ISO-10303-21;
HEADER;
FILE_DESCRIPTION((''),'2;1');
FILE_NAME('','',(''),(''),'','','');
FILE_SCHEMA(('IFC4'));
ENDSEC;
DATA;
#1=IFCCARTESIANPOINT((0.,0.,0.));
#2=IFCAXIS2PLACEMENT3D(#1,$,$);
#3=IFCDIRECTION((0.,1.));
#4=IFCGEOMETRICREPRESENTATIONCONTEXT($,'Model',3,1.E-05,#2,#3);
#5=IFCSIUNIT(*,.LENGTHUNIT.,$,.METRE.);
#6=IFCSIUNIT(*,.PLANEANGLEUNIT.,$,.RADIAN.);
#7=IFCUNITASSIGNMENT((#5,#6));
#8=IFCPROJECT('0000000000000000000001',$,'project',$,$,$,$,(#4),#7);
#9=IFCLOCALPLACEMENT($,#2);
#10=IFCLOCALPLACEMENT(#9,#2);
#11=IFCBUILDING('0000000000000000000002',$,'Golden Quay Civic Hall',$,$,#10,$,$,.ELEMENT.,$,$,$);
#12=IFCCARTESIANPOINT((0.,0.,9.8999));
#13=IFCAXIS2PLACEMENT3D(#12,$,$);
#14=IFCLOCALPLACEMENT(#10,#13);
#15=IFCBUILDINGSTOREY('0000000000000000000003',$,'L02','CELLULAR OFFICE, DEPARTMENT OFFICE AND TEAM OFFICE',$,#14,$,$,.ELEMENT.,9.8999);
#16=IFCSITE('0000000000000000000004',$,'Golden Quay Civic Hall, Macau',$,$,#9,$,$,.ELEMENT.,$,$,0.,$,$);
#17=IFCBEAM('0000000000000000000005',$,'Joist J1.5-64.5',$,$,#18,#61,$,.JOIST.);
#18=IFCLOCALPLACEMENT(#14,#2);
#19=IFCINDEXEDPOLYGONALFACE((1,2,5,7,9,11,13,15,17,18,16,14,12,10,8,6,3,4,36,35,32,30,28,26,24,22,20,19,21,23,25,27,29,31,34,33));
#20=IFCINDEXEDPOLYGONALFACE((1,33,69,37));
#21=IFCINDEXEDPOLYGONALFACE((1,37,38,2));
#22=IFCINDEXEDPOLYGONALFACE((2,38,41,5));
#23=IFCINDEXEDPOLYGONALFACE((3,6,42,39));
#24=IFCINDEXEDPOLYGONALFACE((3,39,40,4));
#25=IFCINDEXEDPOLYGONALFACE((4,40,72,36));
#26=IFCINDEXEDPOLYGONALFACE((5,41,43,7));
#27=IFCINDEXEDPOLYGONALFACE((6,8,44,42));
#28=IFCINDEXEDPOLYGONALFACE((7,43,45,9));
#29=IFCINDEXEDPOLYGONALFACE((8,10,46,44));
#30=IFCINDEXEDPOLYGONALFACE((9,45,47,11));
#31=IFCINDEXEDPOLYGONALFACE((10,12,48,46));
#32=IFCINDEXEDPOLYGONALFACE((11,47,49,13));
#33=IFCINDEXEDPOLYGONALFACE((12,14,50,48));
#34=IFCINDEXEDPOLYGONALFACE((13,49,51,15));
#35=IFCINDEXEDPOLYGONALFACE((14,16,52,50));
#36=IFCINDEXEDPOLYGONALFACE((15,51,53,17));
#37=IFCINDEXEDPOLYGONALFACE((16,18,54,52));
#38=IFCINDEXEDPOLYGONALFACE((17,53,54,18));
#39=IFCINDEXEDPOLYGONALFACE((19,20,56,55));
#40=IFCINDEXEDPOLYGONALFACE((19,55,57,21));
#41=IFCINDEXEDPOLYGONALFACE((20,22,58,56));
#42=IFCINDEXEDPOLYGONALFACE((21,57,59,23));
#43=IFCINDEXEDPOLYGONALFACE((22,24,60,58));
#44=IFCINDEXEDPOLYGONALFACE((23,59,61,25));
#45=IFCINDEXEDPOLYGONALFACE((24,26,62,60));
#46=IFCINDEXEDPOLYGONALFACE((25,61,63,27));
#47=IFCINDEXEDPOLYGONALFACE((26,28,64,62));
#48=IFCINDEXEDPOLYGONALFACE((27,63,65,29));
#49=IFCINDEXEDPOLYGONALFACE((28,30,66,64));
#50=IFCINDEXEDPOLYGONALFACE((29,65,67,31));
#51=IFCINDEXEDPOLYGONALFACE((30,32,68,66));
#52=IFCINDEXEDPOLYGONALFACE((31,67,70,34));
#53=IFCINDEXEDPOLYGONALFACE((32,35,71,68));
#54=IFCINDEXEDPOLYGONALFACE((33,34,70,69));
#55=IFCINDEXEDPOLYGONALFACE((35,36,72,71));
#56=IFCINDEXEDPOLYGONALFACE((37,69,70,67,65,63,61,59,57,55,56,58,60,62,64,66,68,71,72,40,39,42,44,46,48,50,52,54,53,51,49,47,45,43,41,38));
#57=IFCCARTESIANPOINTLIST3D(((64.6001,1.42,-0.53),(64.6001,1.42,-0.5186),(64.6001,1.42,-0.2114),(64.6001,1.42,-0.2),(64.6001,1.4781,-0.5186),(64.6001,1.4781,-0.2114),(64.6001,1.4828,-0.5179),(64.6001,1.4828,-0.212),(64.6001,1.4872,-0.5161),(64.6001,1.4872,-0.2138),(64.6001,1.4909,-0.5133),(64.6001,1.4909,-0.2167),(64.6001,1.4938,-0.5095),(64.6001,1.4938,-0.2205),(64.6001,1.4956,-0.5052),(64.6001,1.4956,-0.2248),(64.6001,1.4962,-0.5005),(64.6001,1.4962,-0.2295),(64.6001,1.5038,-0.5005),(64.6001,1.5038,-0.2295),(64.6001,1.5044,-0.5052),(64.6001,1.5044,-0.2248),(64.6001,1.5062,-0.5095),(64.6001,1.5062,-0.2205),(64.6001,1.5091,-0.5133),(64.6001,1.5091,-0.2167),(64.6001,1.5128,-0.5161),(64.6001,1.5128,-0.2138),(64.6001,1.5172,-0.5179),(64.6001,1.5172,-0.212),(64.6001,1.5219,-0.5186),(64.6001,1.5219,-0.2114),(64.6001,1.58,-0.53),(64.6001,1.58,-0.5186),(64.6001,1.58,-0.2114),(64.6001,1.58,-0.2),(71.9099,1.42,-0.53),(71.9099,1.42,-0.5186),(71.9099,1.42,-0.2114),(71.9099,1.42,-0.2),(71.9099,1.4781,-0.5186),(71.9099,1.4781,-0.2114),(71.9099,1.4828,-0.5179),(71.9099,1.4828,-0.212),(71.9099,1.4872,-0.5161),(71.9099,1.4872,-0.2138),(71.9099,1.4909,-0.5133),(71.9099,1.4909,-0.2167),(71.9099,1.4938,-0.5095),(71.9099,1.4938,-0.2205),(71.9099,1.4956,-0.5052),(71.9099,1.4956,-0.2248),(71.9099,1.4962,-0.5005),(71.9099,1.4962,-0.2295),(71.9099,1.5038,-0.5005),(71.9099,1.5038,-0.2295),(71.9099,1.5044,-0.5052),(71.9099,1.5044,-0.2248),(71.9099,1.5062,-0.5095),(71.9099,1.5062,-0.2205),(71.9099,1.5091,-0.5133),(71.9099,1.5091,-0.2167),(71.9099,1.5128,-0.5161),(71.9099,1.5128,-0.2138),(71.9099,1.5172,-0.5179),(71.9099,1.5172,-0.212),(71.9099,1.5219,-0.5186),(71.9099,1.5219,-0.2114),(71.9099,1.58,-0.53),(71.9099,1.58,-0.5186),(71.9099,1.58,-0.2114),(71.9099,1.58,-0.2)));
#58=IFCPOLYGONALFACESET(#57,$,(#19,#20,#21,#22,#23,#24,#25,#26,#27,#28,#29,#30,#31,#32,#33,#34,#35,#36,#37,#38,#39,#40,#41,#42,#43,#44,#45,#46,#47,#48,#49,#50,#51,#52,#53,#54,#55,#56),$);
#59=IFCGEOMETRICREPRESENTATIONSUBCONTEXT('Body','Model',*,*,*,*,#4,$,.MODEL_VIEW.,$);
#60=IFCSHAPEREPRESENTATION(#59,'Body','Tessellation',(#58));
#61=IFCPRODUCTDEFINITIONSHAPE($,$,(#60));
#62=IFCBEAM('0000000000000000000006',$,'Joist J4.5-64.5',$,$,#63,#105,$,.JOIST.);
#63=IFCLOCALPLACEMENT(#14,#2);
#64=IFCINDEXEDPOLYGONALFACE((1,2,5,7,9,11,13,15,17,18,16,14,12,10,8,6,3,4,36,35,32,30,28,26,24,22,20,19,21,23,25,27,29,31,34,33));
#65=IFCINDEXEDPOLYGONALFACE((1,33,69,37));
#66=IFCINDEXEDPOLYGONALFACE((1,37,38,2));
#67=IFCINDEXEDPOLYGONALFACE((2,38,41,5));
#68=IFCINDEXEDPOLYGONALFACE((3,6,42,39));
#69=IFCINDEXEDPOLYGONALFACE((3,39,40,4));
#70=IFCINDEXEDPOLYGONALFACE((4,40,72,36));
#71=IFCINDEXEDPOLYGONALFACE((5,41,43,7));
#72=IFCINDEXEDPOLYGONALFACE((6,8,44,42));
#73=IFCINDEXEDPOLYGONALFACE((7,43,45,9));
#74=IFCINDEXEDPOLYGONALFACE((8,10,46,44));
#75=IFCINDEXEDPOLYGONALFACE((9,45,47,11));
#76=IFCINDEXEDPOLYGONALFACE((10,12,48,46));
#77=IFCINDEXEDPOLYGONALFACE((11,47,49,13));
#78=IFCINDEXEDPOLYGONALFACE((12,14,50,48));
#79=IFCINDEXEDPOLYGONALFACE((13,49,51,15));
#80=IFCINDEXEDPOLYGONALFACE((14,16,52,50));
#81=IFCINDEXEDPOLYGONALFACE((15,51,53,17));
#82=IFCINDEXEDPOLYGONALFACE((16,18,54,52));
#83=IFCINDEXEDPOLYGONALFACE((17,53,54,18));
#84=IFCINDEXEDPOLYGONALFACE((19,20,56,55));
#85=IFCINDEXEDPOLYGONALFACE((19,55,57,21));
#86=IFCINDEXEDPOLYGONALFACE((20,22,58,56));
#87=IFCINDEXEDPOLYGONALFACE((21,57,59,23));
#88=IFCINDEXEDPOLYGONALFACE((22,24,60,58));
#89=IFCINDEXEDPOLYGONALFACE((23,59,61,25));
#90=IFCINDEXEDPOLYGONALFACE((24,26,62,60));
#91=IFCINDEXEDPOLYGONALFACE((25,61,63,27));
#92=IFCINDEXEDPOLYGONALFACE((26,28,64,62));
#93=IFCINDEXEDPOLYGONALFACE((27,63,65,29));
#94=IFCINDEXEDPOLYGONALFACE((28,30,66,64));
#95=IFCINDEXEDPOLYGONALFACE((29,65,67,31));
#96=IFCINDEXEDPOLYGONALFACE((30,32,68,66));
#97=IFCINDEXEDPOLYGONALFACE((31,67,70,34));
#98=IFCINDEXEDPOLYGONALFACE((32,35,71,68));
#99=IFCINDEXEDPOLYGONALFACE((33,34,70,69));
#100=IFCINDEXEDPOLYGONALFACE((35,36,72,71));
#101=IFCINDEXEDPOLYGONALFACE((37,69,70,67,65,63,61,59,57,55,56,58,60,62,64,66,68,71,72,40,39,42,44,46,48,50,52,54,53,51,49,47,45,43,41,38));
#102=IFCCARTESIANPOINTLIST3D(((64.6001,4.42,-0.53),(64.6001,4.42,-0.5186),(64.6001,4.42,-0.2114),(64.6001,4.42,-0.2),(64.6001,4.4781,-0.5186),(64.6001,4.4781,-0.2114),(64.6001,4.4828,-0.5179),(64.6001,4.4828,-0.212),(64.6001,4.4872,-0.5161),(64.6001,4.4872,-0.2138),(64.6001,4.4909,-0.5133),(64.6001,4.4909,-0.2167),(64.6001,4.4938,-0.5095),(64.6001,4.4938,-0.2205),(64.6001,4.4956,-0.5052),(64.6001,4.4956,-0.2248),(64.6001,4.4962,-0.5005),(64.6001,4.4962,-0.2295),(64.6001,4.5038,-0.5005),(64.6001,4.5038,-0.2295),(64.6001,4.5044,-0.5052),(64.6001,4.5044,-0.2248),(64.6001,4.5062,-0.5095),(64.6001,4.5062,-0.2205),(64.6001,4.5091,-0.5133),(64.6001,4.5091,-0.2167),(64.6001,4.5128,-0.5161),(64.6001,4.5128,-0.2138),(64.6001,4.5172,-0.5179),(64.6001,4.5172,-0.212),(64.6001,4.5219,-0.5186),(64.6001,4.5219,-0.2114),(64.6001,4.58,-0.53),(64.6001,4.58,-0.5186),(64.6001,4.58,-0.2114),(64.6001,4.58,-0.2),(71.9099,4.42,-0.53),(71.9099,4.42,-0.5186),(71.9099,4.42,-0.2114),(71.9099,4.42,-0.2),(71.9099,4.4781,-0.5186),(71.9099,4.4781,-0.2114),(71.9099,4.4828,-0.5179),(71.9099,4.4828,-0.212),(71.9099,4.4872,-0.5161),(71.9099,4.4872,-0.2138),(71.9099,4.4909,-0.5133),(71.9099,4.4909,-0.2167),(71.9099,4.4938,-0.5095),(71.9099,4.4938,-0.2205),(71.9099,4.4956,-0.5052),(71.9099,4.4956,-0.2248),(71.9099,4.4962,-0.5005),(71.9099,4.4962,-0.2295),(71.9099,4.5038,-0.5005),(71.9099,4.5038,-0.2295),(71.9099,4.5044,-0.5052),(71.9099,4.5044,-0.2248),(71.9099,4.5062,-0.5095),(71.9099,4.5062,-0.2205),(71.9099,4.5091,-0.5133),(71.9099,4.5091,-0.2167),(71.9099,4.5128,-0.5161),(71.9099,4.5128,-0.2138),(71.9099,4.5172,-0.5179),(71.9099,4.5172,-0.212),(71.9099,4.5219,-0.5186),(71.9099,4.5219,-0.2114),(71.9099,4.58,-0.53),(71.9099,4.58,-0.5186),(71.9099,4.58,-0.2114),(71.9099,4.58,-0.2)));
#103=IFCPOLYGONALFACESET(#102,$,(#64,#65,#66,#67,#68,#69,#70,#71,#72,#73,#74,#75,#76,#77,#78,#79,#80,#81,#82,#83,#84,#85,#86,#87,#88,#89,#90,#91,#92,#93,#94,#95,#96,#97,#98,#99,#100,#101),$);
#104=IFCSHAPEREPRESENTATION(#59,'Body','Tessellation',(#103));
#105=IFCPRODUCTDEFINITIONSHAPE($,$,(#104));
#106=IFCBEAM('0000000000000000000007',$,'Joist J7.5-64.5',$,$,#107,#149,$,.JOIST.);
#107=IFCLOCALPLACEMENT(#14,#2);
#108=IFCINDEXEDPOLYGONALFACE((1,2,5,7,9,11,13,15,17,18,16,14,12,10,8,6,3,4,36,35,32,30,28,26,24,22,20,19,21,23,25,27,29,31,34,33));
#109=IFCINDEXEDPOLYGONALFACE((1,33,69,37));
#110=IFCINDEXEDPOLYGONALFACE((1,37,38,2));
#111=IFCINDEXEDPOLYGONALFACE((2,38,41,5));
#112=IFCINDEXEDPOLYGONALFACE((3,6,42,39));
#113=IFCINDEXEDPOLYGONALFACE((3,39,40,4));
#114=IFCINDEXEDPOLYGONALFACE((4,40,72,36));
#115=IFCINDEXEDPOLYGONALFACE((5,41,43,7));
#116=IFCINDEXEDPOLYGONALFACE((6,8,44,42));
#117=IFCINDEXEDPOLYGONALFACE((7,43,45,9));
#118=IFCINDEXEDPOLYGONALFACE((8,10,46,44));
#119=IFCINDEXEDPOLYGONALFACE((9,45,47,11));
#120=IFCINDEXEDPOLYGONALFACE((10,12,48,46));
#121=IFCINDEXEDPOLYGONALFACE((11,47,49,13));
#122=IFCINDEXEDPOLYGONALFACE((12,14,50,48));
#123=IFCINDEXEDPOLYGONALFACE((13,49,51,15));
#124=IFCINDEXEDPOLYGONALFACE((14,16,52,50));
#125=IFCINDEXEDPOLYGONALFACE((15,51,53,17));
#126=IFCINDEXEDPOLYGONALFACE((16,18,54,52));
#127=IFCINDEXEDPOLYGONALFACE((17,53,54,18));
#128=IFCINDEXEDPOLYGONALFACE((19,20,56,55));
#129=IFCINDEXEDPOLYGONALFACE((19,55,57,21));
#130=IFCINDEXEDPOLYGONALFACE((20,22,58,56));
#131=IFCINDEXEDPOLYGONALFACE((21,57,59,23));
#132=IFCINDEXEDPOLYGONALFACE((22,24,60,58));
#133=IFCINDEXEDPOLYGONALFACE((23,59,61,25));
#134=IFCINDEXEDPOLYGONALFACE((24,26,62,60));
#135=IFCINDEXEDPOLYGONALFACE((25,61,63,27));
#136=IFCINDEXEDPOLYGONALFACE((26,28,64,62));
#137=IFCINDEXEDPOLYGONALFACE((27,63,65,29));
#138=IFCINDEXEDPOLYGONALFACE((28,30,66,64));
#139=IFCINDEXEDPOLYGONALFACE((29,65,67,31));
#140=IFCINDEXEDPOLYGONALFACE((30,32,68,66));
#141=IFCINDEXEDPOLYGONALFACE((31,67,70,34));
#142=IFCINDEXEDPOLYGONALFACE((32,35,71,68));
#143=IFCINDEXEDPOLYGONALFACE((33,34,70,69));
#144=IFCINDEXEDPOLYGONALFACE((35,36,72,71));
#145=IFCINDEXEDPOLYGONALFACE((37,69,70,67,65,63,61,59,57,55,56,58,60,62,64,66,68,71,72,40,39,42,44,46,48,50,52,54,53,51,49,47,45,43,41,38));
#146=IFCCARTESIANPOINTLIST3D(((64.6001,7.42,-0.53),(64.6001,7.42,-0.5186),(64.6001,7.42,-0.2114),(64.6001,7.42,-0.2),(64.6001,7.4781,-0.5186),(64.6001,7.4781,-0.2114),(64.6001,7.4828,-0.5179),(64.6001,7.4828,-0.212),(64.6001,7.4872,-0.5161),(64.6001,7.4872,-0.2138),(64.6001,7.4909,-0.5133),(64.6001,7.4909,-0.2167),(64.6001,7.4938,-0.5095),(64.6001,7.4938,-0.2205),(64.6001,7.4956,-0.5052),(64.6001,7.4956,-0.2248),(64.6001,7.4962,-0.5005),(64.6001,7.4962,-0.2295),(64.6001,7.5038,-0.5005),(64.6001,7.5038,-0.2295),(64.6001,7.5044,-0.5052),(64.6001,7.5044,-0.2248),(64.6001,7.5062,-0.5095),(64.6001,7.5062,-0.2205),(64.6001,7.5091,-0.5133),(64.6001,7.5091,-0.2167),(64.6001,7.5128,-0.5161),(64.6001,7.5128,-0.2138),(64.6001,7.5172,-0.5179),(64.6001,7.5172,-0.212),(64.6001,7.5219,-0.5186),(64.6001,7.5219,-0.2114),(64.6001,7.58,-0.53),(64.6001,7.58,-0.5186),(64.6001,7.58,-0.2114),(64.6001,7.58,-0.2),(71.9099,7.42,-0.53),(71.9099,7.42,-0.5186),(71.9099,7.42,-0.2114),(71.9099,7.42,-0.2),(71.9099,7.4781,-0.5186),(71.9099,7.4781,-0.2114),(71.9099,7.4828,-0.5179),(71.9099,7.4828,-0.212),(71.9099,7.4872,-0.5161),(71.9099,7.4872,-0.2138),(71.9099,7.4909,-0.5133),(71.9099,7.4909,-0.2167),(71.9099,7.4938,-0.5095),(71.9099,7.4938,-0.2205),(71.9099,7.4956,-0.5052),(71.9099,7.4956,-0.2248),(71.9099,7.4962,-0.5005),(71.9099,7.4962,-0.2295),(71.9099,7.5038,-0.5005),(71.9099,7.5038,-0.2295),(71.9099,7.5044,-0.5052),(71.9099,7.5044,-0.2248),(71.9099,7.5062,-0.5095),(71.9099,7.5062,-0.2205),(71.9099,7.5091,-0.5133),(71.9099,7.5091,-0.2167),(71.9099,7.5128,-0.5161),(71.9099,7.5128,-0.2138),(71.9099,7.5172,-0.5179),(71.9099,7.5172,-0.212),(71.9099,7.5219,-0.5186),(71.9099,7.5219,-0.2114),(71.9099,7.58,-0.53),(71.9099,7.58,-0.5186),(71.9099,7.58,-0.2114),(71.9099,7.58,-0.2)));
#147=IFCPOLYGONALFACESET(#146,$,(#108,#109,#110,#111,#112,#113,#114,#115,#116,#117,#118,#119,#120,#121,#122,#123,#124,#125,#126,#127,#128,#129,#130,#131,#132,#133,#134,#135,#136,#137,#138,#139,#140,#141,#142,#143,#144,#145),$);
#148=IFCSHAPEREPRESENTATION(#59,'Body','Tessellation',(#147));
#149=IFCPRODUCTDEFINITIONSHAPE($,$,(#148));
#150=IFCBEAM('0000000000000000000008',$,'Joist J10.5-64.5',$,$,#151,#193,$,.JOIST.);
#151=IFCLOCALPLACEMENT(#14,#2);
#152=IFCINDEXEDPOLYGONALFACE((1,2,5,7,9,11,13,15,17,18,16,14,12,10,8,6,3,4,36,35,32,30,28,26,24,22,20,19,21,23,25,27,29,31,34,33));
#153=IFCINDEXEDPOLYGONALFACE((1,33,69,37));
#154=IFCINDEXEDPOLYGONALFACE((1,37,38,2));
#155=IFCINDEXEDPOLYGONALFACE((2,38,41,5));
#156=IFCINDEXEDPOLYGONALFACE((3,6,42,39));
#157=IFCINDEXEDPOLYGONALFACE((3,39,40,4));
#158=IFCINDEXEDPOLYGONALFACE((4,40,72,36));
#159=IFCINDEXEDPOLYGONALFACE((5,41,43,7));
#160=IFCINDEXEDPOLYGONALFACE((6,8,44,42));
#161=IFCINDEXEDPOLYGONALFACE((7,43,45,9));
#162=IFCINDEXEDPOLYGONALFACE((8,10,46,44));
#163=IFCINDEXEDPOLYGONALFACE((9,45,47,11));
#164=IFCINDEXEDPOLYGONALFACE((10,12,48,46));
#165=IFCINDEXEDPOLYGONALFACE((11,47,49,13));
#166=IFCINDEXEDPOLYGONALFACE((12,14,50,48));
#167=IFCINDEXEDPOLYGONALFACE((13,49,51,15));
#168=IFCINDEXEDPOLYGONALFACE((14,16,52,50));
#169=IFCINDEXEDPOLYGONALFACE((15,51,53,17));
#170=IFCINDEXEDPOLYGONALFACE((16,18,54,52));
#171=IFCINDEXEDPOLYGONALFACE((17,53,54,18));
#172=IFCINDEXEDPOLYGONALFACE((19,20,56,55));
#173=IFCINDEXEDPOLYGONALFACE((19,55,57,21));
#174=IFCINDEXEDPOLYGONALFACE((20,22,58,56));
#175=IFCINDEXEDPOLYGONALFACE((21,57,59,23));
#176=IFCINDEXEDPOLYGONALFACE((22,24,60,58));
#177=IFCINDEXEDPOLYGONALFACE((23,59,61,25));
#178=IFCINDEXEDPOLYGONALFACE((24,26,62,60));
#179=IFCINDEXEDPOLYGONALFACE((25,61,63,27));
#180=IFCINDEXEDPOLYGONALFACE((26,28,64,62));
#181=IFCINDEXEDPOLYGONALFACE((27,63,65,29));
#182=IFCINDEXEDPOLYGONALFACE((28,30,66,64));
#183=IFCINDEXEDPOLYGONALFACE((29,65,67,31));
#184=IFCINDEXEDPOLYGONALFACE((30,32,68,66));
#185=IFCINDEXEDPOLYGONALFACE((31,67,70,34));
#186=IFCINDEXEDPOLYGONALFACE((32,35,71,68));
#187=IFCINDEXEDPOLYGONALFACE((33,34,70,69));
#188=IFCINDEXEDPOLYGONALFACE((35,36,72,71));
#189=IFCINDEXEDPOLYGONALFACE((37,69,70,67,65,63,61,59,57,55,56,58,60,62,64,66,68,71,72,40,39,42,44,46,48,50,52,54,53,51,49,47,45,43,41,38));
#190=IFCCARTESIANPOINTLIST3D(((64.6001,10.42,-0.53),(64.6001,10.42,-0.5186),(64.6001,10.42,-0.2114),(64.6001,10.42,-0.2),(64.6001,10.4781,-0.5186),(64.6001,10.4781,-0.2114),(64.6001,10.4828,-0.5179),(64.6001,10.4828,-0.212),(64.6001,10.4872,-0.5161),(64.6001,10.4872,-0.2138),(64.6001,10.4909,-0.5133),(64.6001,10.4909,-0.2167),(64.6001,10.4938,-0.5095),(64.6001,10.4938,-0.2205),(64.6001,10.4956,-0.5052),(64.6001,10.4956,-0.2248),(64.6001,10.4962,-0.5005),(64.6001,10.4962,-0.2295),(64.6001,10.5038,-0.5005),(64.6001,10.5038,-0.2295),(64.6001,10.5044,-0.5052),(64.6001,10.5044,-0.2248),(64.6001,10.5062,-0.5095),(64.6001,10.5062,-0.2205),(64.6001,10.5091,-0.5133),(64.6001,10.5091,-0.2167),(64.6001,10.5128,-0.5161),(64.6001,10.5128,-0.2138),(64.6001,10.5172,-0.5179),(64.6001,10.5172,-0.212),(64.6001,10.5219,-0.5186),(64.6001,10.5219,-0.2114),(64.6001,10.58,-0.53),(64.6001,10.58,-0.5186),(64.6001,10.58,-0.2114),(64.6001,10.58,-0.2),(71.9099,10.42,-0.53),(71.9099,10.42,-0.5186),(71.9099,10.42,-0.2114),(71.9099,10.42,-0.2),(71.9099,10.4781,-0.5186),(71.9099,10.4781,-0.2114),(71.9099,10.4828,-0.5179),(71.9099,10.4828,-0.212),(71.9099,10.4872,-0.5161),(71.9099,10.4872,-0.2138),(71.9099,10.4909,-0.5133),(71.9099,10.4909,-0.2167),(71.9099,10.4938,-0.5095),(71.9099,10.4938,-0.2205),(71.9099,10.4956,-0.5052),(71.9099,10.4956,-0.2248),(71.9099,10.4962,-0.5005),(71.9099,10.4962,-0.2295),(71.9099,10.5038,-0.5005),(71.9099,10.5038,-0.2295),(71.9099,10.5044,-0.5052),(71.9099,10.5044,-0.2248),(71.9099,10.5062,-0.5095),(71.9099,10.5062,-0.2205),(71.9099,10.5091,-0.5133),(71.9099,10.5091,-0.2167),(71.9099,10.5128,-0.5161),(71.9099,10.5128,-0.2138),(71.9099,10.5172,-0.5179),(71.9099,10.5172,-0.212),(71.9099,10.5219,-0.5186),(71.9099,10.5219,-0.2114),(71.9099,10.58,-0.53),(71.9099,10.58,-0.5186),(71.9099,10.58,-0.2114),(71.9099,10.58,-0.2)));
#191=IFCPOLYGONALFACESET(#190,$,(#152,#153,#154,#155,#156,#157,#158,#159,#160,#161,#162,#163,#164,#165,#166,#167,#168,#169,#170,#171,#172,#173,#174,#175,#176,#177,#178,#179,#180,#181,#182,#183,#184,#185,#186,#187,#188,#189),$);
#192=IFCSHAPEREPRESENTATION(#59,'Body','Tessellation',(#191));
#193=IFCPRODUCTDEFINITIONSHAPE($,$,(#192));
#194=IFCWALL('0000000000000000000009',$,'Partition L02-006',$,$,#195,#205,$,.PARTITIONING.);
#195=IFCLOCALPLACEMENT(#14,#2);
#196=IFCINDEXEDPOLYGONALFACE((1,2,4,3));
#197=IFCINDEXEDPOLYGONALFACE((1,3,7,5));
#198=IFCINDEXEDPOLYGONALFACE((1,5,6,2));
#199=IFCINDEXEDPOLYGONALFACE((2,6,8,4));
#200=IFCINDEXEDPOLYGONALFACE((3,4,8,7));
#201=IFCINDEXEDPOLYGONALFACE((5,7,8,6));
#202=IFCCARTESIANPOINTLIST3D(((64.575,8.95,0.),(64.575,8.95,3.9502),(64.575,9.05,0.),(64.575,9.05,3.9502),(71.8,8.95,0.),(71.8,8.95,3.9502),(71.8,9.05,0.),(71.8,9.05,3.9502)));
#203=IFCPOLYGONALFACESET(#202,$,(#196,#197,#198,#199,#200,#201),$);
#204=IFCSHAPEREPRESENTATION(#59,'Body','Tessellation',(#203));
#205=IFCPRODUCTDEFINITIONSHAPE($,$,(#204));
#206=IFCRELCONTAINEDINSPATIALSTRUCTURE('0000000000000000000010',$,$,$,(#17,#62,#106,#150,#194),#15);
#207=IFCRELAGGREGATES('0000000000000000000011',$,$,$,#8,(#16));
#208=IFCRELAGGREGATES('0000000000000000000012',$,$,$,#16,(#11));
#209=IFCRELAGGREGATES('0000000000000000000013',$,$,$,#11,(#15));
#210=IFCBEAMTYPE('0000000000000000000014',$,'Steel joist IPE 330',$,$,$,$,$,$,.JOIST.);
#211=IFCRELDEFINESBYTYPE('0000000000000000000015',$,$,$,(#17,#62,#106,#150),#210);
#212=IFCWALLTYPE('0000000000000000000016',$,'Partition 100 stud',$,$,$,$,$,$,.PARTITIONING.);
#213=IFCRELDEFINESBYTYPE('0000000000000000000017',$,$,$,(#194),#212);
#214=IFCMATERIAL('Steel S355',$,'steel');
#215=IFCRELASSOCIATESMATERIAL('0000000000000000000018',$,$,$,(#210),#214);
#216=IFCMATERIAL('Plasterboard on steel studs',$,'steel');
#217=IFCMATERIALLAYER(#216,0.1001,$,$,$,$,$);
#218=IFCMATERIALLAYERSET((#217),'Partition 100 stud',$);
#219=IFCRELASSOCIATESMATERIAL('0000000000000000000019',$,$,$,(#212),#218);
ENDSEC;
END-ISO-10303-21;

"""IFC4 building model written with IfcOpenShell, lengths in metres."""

from ifc_helpers import new_model, si_unit, direction, frame, frame_2d, origin, origin_2d, place, context, subcontext, project, spatial, rectangle, i_section, extrude, material, layer, layer_set, material_profile, profile_set, type_object, element, save


model = new_model("IFC4")

# Units and contexts
model_context = context("Model", 3, precision=1e-05, world=origin(), true_north=direction((0.0, 1.0)))
body_context = subcontext(model_context, "Body", "Model", "MODEL_VIEW")
ifc_project = project(units=[si_unit("LENGTHUNIT", "METRE"), si_unit("PLANEANGLEUNIT", "RADIAN")], contexts=[model_context])

# Site, building, storey
site_placement = place(None, origin())
site = spatial("IfcSite", under=ifc_project, at=site_placement, Name="Golden Quay Civic Hall, Macau", CompositionType="ELEMENT", RefElevation=0.0)
building_placement = place(site_placement, origin())
building = spatial("IfcBuilding", under=site, at=building_placement, Name="Golden Quay Civic Hall", CompositionType="ELEMENT")
storey_placement = place(building_placement, frame((0.0, 0.0, 9.8999)))
storey = spatial("IfcBuildingStorey", under=building, at=storey_placement, Name="L02", Description="CELLULAR OFFICE, DEPARTMENT OFFICE AND TEAM OFFICE", CompositionType="ELEMENT", Elevation=9.8999)

# Beams
ifc_material_1 = material(Name="Steel S355", Category="steel")
ifc_material_profile_1 = material_profile(ifc_material_1, i_section(OverallWidth=0.1599, OverallDepth=0.3301, WebThickness=0.0076, FlangeThickness=0.0115, FilletRadius=0.0181, at=origin_2d()), Name="IPE 330")
ifc_profile_set_1 = profile_set([ifc_material_profile_1], Name="Steel S355")
beam_type_1 = type_object("IfcBeamType", Name="Steel joist IPE 330", PredefinedType="JOIST", material=ifc_profile_set_1)
for number, where, z_axis, x_axis, name in (
    (1, (64.6001, 1.5, -0.365), (1.0, 0.0, 0.0), (0.0, 1.0, 0.0), "Joist J1.5-64.5"),
    (2, (64.6001, 4.5, -0.365), (1.0, 0.0, 0.0), (0.0, 1.0, 0.0), "Joist J4.5-64.5"),
    (3, (64.6001, 7.5, -0.365), (1.0, 0.0, 0.0), (0.0, 1.0, 0.0), "Joist J7.5-64.5"),
    (4, (64.6001, 10.5, -0.365), (1.0, 0.0, 0.0), (0.0, 1.0, 0.0), "Joist J10.5-64.5"),
):
    element("IfcBeam", number, at=place(storey_placement, frame(where, z_axis=z_axis, x_axis=x_axis)), inside=storey, type_object=beam_type_1, Name=name, PredefinedType="JOIST", context=body_context, shape_type="SweptSolid", body=[
        extrude(i_section(OverallWidth=0.1599, OverallDepth=0.3301, WebThickness=0.0076, FlangeThickness=0.0115, FilletRadius=0.0181, at=origin_2d()), origin(), (0.0, 0.0, 1.0), 7.3098),
    ])

# Wall
ifc_material_2 = material(Name="Plasterboard on steel studs", Category="steel")
ifc_layer_1 = layer(ifc_material_2, 0.1001)
ifc_layer_set_1 = layer_set([ifc_layer_1], Name="Partition 100 stud")
wall_type_1 = type_object("IfcWallType", Name="Partition 100 stud", PredefinedType="PARTITIONING", material=ifc_layer_set_1)
wall_1_placement = place(storey_placement, frame((64.575, 9.0, 0.0), z_axis=(0.0, 0.0, 1.0), x_axis=(1.0, 0.0, 0.0)))
element("IfcWall", 5, at=wall_1_placement, inside=storey, type_object=wall_type_1, Name="Partition L02-006", PredefinedType="PARTITIONING", context=body_context, shape_type="SweptSolid", body=[
    extrude(rectangle(XDim=7.2251, YDim=0.1001, at=frame_2d((3.6125, 0.0))), origin(), (0.0, 0.0, 1.0), 3.9502),
])

save(model, "model.ifc")
